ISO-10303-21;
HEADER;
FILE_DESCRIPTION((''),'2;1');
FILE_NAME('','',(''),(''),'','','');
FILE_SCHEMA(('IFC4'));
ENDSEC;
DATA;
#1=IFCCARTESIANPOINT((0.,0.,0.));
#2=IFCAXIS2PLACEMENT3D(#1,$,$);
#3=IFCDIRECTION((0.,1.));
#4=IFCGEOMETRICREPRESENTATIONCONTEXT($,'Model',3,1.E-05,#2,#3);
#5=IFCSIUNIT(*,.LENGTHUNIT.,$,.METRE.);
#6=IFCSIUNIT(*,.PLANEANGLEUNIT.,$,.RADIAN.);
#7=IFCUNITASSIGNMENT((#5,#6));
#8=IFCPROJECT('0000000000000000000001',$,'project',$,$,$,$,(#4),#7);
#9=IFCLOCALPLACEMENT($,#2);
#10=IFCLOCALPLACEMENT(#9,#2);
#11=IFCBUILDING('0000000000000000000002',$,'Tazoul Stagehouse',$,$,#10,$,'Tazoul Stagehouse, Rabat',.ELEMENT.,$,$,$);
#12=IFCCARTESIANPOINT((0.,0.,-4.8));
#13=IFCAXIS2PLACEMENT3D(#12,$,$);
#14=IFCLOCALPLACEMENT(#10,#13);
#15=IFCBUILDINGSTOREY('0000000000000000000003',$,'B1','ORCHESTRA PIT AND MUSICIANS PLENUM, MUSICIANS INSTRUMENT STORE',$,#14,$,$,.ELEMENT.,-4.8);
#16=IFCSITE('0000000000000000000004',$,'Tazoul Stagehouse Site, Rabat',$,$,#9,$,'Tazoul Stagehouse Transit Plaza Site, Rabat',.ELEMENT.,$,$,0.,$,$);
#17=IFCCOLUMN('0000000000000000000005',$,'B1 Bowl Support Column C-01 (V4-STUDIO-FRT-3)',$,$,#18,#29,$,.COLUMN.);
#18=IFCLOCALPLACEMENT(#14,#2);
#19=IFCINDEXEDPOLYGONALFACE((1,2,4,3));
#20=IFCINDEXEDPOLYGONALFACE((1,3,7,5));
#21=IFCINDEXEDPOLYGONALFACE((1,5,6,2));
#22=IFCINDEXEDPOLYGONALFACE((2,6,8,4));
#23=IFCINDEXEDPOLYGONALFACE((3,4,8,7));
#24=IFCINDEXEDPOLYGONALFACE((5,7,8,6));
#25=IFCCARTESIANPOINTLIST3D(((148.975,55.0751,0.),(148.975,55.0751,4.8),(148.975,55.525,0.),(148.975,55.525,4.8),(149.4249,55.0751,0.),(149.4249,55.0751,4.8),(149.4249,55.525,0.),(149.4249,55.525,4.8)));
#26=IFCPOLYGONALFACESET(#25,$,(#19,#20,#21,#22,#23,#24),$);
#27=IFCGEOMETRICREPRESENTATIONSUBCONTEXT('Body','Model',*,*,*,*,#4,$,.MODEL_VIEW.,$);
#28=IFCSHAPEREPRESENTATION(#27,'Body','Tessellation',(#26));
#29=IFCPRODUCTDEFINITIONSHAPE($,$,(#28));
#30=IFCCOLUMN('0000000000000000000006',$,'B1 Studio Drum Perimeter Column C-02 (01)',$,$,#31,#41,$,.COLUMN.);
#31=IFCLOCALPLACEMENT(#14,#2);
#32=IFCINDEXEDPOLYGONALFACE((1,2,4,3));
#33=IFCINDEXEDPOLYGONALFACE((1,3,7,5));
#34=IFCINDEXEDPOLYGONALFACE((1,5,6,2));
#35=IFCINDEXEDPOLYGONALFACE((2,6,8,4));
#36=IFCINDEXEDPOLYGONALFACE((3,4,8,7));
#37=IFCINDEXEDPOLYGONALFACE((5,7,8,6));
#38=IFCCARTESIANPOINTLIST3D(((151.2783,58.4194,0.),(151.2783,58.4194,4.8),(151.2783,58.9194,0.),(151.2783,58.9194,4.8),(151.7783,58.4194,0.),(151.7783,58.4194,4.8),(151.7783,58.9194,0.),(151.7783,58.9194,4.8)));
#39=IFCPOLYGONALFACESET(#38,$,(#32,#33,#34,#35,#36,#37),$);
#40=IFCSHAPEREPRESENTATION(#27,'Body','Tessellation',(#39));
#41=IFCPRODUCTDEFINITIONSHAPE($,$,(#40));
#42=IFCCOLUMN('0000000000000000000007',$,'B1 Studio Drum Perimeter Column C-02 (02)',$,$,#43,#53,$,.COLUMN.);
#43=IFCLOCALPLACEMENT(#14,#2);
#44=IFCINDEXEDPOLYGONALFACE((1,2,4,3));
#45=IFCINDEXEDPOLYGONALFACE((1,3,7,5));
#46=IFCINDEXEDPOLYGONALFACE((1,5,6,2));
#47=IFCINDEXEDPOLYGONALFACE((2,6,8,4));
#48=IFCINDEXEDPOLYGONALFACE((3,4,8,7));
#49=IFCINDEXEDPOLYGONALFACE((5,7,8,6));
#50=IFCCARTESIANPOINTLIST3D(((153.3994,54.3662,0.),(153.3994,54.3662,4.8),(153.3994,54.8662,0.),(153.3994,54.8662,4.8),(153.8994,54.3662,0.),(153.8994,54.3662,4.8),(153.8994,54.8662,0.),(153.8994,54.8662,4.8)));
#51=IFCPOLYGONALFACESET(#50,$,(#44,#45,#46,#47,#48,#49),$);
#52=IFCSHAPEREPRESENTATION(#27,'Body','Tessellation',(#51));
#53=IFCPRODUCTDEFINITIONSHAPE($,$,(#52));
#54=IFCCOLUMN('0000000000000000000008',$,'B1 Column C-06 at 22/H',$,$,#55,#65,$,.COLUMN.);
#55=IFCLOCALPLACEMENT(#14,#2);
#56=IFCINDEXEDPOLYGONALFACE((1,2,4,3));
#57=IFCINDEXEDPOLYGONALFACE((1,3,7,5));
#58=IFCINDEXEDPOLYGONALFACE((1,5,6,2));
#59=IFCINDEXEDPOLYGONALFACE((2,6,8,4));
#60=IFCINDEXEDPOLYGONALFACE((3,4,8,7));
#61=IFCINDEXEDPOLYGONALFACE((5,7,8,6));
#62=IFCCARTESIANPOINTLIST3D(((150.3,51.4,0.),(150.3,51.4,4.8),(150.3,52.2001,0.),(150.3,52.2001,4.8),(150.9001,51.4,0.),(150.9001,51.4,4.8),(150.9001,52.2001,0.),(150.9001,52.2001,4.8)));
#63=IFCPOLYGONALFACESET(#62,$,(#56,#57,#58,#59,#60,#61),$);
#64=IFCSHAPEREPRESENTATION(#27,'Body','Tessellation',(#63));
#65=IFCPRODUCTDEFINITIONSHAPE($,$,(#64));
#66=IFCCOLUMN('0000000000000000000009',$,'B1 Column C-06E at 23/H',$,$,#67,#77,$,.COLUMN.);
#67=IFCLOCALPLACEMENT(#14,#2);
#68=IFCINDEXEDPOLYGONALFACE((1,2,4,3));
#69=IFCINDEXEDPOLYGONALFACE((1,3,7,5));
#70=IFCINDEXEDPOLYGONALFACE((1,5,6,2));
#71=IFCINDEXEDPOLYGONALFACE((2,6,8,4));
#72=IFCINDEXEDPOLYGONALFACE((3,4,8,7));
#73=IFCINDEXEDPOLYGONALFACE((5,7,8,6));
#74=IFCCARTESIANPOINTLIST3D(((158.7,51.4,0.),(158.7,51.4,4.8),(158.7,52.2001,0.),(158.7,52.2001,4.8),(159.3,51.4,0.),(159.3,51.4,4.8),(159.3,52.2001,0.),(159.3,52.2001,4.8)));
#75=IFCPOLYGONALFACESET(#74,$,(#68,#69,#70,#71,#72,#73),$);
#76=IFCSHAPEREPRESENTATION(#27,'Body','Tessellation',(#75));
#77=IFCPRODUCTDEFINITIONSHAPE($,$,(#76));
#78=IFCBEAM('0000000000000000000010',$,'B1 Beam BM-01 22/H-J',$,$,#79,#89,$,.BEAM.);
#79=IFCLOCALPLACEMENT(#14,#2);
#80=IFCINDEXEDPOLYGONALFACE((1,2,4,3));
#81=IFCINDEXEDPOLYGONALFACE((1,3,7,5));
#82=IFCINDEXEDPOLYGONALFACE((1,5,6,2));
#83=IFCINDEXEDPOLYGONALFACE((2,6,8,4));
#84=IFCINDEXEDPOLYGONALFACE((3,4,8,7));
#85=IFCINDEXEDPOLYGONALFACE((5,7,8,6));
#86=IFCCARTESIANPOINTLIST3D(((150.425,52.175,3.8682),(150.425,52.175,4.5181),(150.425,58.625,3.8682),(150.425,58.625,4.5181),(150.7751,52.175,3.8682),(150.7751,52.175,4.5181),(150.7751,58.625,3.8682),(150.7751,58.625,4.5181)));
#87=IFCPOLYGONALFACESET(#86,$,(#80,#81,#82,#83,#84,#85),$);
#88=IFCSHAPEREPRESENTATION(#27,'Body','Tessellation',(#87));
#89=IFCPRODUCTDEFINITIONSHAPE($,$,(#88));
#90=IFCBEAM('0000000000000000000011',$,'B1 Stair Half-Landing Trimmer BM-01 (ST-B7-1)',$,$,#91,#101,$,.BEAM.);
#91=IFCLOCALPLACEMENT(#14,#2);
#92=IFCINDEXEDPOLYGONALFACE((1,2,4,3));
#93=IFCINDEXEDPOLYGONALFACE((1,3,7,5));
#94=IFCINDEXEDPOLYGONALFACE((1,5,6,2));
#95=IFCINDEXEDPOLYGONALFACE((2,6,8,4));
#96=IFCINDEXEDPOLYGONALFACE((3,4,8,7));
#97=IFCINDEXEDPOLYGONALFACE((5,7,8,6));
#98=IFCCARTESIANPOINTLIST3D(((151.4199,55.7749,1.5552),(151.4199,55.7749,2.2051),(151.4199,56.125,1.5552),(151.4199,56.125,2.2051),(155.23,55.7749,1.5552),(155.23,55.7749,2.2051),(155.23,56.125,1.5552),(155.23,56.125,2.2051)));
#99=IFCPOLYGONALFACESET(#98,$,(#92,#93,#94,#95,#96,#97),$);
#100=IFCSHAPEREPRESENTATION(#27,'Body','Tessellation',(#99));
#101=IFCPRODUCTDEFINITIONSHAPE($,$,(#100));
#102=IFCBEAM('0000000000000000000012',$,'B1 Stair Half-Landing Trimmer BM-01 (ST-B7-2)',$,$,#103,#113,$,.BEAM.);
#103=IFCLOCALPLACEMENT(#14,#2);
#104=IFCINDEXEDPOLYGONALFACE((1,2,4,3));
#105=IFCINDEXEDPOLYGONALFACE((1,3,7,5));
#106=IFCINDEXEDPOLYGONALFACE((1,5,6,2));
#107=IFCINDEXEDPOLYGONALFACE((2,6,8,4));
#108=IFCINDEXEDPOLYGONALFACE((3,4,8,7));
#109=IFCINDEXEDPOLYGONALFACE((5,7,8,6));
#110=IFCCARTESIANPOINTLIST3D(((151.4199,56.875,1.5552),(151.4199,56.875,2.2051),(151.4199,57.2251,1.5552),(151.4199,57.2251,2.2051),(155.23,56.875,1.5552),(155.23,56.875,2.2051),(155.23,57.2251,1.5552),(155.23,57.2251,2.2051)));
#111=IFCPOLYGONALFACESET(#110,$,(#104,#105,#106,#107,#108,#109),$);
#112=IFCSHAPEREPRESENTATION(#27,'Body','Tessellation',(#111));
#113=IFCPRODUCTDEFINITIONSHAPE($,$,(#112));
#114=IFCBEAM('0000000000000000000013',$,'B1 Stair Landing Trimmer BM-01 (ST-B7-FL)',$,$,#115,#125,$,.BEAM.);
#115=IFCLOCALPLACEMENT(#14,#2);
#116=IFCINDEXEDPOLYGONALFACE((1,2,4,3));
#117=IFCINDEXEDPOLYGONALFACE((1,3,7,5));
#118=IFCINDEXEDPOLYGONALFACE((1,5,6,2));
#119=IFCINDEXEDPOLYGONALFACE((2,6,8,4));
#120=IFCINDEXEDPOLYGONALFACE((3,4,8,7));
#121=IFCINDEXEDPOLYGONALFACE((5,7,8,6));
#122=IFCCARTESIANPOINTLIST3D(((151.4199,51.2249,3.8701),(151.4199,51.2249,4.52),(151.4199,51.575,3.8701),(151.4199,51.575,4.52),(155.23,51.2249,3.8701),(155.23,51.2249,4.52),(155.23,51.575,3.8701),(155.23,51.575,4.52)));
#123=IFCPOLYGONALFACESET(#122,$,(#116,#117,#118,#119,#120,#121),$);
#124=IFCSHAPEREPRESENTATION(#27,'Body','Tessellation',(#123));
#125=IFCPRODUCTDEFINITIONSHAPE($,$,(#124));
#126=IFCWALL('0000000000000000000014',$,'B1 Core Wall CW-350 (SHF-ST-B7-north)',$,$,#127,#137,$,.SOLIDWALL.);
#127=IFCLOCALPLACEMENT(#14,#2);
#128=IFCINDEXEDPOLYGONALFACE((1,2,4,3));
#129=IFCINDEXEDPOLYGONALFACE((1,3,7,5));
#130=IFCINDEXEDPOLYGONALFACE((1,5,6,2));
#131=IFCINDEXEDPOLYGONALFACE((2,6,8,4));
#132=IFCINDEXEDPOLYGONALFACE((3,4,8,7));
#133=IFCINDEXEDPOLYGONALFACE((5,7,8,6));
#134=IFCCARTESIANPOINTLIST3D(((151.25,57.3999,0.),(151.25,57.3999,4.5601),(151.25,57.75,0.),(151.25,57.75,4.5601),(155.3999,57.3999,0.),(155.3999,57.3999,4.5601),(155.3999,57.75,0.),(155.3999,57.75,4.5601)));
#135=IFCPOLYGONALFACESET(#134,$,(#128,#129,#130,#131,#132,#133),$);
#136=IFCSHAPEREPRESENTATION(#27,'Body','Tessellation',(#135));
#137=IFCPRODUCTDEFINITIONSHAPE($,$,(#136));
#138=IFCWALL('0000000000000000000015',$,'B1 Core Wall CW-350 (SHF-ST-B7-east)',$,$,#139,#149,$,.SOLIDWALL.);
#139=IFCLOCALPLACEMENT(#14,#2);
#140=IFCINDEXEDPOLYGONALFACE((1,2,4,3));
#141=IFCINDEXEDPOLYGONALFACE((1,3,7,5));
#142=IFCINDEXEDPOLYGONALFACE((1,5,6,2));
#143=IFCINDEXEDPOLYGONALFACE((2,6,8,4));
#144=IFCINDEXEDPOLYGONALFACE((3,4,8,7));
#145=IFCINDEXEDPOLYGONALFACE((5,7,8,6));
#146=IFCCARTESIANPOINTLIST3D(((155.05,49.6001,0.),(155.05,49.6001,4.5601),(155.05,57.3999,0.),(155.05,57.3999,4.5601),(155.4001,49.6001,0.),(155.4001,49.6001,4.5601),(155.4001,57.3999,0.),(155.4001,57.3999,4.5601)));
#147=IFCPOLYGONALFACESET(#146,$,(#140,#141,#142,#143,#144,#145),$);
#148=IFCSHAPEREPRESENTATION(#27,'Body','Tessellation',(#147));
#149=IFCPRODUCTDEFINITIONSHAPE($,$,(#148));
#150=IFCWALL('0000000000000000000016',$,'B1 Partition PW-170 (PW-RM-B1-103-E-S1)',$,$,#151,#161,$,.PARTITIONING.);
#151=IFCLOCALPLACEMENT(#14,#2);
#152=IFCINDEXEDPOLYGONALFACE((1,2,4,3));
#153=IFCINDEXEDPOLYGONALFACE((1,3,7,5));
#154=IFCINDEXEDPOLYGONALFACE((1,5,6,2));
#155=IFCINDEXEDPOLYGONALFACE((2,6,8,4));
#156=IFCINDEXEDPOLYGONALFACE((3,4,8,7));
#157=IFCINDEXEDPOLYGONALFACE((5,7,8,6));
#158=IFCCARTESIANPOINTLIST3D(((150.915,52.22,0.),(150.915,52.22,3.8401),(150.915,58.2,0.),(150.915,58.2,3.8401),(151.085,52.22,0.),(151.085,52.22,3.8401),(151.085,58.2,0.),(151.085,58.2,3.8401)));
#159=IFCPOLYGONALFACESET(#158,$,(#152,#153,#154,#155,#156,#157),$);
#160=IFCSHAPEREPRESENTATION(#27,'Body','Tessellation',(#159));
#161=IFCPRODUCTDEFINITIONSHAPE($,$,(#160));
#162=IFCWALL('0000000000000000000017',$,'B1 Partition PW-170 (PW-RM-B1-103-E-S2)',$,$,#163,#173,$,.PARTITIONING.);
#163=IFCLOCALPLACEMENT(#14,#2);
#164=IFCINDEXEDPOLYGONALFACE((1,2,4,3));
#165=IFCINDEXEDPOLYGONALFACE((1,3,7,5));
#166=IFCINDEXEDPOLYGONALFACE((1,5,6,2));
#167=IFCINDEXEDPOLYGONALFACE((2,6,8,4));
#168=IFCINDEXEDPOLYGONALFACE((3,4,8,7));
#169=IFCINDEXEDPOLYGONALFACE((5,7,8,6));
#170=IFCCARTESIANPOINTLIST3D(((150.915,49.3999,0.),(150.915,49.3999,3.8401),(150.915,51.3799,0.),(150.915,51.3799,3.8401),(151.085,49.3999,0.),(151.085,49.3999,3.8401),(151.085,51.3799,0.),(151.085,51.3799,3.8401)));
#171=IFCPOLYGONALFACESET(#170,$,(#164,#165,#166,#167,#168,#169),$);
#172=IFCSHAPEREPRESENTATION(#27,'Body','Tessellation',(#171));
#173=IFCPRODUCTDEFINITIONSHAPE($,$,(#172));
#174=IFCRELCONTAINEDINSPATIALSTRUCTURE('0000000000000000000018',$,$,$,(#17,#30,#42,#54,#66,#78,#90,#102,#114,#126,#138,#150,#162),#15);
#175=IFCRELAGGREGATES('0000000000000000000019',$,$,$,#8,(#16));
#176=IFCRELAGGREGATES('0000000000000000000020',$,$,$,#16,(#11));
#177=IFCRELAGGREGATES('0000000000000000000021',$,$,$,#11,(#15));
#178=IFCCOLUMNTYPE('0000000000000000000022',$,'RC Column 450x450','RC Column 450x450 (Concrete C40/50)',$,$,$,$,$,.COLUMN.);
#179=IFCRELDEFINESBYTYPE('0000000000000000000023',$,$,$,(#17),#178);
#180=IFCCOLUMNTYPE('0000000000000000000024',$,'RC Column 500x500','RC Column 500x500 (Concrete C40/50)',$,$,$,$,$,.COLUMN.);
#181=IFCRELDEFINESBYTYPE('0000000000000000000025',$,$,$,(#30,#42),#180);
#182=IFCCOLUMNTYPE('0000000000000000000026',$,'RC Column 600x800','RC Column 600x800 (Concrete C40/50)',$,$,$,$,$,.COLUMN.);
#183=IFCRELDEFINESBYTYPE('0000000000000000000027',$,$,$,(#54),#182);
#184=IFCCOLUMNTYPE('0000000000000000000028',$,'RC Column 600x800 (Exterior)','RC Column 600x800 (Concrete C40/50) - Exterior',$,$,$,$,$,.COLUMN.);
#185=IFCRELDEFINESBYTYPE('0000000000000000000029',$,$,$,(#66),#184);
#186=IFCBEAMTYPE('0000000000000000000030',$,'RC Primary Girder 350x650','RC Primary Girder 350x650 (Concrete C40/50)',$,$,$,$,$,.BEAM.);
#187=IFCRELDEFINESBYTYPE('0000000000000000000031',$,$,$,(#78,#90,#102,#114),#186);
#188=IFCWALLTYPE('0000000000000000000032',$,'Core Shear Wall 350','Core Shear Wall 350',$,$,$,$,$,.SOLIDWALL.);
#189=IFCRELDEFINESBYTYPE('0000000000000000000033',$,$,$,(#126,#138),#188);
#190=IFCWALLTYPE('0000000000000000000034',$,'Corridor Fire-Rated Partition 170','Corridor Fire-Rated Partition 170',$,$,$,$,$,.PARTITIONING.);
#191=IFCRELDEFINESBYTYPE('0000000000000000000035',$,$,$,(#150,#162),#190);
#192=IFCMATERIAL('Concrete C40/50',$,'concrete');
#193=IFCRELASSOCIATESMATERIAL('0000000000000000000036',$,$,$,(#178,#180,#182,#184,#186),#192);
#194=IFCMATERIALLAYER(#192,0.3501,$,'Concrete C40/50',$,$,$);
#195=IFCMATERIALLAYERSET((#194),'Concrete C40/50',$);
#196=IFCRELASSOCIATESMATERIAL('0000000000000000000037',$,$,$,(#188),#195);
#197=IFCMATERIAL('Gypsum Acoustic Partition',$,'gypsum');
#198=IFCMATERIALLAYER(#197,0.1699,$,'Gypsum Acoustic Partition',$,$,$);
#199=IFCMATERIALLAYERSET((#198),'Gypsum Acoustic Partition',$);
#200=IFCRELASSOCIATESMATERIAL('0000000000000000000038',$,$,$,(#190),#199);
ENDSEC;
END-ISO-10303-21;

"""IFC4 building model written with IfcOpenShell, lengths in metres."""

from ifc_helpers import new_model, si_unit, direction, frame, frame_2d, origin, origin_2d, place, context, subcontext, project, spatial, rectangle, extrude, material, layer, layer_set, material_profile, profile_set, type_object, element, save


model = new_model("IFC4")

# Units and contexts
model_context = context("Model", 3, precision=1e-05, world=origin(), true_north=direction((0.0, 1.0)))
body_context = subcontext(model_context, "Body", "Model", "MODEL_VIEW")
ifc_project = project(units=[si_unit("LENGTHUNIT", "METRE"), si_unit("PLANEANGLEUNIT", "RADIAN")], contexts=[model_context])

# Site, building, storey
site_placement = place(None, origin())
site = spatial("IfcSite", under=ifc_project, at=site_placement, Name="Tazoul Stagehouse Site, Rabat", LongName="Tazoul Stagehouse Transit Plaza Site, Rabat", CompositionType="ELEMENT", RefElevation=0.0)
building_placement = place(site_placement, origin())
building = spatial("IfcBuilding", under=site, at=building_placement, Name="Tazoul Stagehouse", LongName="Tazoul Stagehouse, Rabat", CompositionType="ELEMENT")
storey_placement = place(building_placement, frame((0.0, 0.0, -4.8)))
storey = spatial("IfcBuildingStorey", under=building, at=storey_placement, Name="B1", Description="ORCHESTRA PIT AND MUSICIANS PLENUM, MUSICIANS INSTRUMENT STORE", CompositionType="ELEMENT", Elevation=-4.8)

# Columns
ifc_material_1 = material(Name="Concrete C40/50", Category="concrete")
ifc_material_profile_1 = material_profile(ifc_material_1, rectangle(XDim=0.45, YDim=0.45, at=origin_2d()), Name="RC 450x450")
ifc_profile_set_1 = profile_set([ifc_material_profile_1], Name="Concrete C40/50")
column_type_1 = type_object("IfcColumnType", Name="RC Column 450x450", Description="RC Column 450x450 (Concrete C40/50)", PredefinedType="COLUMN", material=ifc_profile_set_1)
column_1_placement = place(storey_placement, frame((149.2, 55.3, 0.0), z_axis=(0.0, 0.0, 1.0), x_axis=(1.0, 0.0, 0.0)))
element("IfcColumn", 1, at=column_1_placement, inside=storey, type_object=column_type_1, Name="B1 Bowl Support Column C-01 (V4-STUDIO-FRT-3)", PredefinedType="COLUMN", context=body_context, shape_type="SweptSolid", body=[
    extrude(rectangle(XDim=0.45, YDim=0.45, at=origin_2d()), origin(), (0.0, 0.0, 1.0), 4.8),
])
ifc_material_profile_2 = material_profile(ifc_material_1, rectangle(XDim=0.5, YDim=0.5, at=origin_2d()), Name="RC 500x500")
ifc_profile_set_2 = profile_set([ifc_material_profile_2], Name="Concrete C40/50")
column_type_2 = type_object("IfcColumnType", Name="RC Column 500x500", Description="RC Column 500x500 (Concrete C40/50)", PredefinedType="COLUMN", material=ifc_profile_set_2)
for number, where, z_axis, x_axis, name in (
    (2, (151.5283, 58.6694, 0.0), (0.0, 0.0, 1.0), (1.0, 0.0, 0.0), "B1 Studio Drum Perimeter Column C-02 (01)"),
    (3, (153.6494, 54.6162, 0.0), (0.0, 0.0, 1.0), (1.0, 0.0, 0.0), "B1 Studio Drum Perimeter Column C-02 (02)"),
):
    element("IfcColumn", number, at=place(storey_placement, frame(where, z_axis=z_axis, x_axis=x_axis)), inside=storey, type_object=column_type_2, Name=name, PredefinedType="COLUMN", context=body_context, shape_type="SweptSolid", body=[
        extrude(rectangle(XDim=0.5, YDim=0.5, at=origin_2d()), origin(), (0.0, 0.0, 1.0), 4.8),
    ])
ifc_material_profile_3 = material_profile(ifc_material_1, rectangle(XDim=0.6001, YDim=0.8, at=origin_2d()), Name="RC 600x800")
ifc_profile_set_3 = profile_set([ifc_material_profile_3], Name="Concrete C40/50")
column_type_3 = type_object("IfcColumnType", Name="RC Column 600x800", Description="RC Column 600x800 (Concrete C40/50)", PredefinedType="COLUMN", material=ifc_profile_set_3)
column_2_placement = place(storey_placement, frame((150.6001, 51.8, 0.0), z_axis=(0.0, 0.0, 1.0), x_axis=(1.0, 0.0, 0.0)))
element("IfcColumn", 4, at=column_2_placement, inside=storey, type_object=column_type_3, Name="B1 Column C-06 at 22/H", PredefinedType="COLUMN", context=body_context, shape_type="SweptSolid", body=[
    extrude(rectangle(XDim=0.6001, YDim=0.8, at=origin_2d()), origin(), (0.0, 0.0, 1.0), 4.8),
])
ifc_material_profile_4 = material_profile(ifc_material_1, rectangle(XDim=0.6001, YDim=0.8, at=origin_2d()), Name="RC 600x800")
ifc_profile_set_4 = profile_set([ifc_material_profile_4], Name="Concrete C40/50")
column_type_4 = type_object("IfcColumnType", Name="RC Column 600x800 (Exterior)", Description="RC Column 600x800 (Concrete C40/50) - Exterior", PredefinedType="COLUMN", material=ifc_profile_set_4)
column_3_placement = place(storey_placement, frame((159.0, 51.8, 0.0), z_axis=(0.0, 0.0, 1.0), x_axis=(1.0, 0.0, 0.0)))
element("IfcColumn", 5, at=column_3_placement, inside=storey, type_object=column_type_4, Name="B1 Column C-06E at 23/H", PredefinedType="COLUMN", context=body_context, shape_type="SweptSolid", body=[
    extrude(rectangle(XDim=0.6001, YDim=0.8, at=origin_2d()), origin(), (0.0, 0.0, 1.0), 4.8),
])

# Beams
ifc_material_profile_5 = material_profile(ifc_material_1, rectangle(XDim=0.3501, YDim=0.6499, at=origin_2d()), Name="RC 350x650")
ifc_profile_set_5 = profile_set([ifc_material_profile_5], Name="Concrete C40/50")
beam_type = type_object("IfcBeamType", Name="RC Primary Girder 350x650", Description="RC Primary Girder 350x650 (Concrete C40/50)", PredefinedType="BEAM", material=ifc_profile_set_5)
beam_placement = place(storey_placement, frame((150.6001, 52.175, 4.1931), z_axis=(0.0, 1.0, 0.0), x_axis=(-1.0, 0.0, 0.0)))
element("IfcBeam", 6, at=beam_placement, inside=storey, type_object=beam_type, Name="B1 Beam BM-01 22/H-J", PredefinedType="BEAM", context=body_context, shape_type="SweptSolid", body=[
    extrude(rectangle(XDim=0.3501, YDim=0.6499, at=origin_2d()), origin(), (0.0, 0.0, 1.0), 6.45),
])
for number, where, z_axis, x_axis, name in (
    (7, (151.4199, 55.95, 1.8801), (1.0, 0.0, 0.0), (0.0, 1.0, 0.0), "B1 Stair Half-Landing Trimmer BM-01 (ST-B7-1)"),
    (8, (151.4199, 57.05, 1.8801), (1.0, 0.0, 0.0), (0.0, 1.0, 0.0), "B1 Stair Half-Landing Trimmer BM-01 (ST-B7-2)"),
    (9, (151.4199, 51.3999, 4.1951), (1.0, 0.0, 0.0), (0.0, 1.0, 0.0), "B1 Stair Landing Trimmer BM-01 (ST-B7-FL)"),
):
    element("IfcBeam", number, at=place(storey_placement, frame(where, z_axis=z_axis, x_axis=x_axis)), inside=storey, type_object=beam_type, Name=name, PredefinedType="BEAM", context=body_context, shape_type="SweptSolid", body=[
        extrude(rectangle(XDim=0.3501, YDim=0.6499, at=origin_2d()), origin(), (0.0, 0.0, 1.0), 3.8101),
    ])

# Walls
ifc_layer_1 = layer(ifc_material_1, 0.3501, Name="Concrete C40/50")
ifc_layer_set_1 = layer_set([ifc_layer_1], Name="Concrete C40/50")
wall_type_1 = type_object("IfcWallType", Name="Core Shear Wall 350", Description="Core Shear Wall 350", PredefinedType="SOLIDWALL", material=ifc_layer_set_1)
wall_1_placement = place(storey_placement, frame((151.25, 57.575, 0.0), z_axis=(0.0, 0.0, 1.0), x_axis=(1.0, 0.0, 0.0)))
element("IfcWall", 10, at=wall_1_placement, inside=storey, type_object=wall_type_1, Name="B1 Core Wall CW-350 (SHF-ST-B7-north)", PredefinedType="SOLIDWALL", context=body_context, shape_type="SweptSolid", body=[
    extrude(rectangle(XDim=4.1499, YDim=0.3501, at=frame_2d((2.075, 0.0))), origin(), (0.0, 0.0, 1.0), 4.5601),
])
wall_2_placement = place(storey_placement, frame((155.2251, 57.3999, 0.0), z_axis=(0.0, 0.0, 1.0), x_axis=(0.0, -1.0, 0.0)))
element("IfcWall", 11, at=wall_2_placement, inside=storey, type_object=wall_type_1, Name="B1 Core Wall CW-350 (SHF-ST-B7-east)", PredefinedType="SOLIDWALL", context=body_context, shape_type="SweptSolid", body=[
    extrude(rectangle(XDim=7.7998, YDim=0.3501, at=frame_2d((3.8999, 0.0))), origin(), (0.0, 0.0, 1.0), 4.5601),
])
ifc_material_2 = material(Name="Gypsum Acoustic Partition", Category="gypsum")
ifc_layer_2 = layer(ifc_material_2, 0.1699, Name="Gypsum Acoustic Partition")
ifc_layer_set_2 = layer_set([ifc_layer_2], Name="Gypsum Acoustic Partition")
wall_type_2 = type_object("IfcWallType", Name="Corridor Fire-Rated Partition 170", Description="Corridor Fire-Rated Partition 170", PredefinedType="PARTITIONING", material=ifc_layer_set_2)
wall_3_placement = place(storey_placement, frame((151.0, 58.2, 0.0), z_axis=(0.0, 0.0, 1.0), x_axis=(0.0, -1.0, 0.0)))
element("IfcWall", 12, at=wall_3_placement, inside=storey, type_object=wall_type_2, Name="B1 Partition PW-170 (PW-RM-B1-103-E-S1)", PredefinedType="PARTITIONING", context=body_context, shape_type="SweptSolid", body=[
    extrude(rectangle(XDim=5.98, YDim=0.1699, at=frame_2d((2.99, 0.0))), origin(), (0.0, 0.0, 1.0), 3.8401),
])
wall_4_placement = place(storey_placement, frame((151.0, 51.3799, 0.0), z_axis=(0.0, 0.0, 1.0), x_axis=(0.0, -1.0, 0.0)))
element("IfcWall", 13, at=wall_4_placement, inside=storey, type_object=wall_type_2, Name="B1 Partition PW-170 (PW-RM-B1-103-E-S2)", PredefinedType="PARTITIONING", context=body_context, shape_type="SweptSolid", body=[
    extrude(rectangle(XDim=1.98, YDim=0.1699, at=frame_2d((0.99, 0.0))), origin(), (0.0, 0.0, 1.0), 3.8401),
])

save(model, "model.ifc")
